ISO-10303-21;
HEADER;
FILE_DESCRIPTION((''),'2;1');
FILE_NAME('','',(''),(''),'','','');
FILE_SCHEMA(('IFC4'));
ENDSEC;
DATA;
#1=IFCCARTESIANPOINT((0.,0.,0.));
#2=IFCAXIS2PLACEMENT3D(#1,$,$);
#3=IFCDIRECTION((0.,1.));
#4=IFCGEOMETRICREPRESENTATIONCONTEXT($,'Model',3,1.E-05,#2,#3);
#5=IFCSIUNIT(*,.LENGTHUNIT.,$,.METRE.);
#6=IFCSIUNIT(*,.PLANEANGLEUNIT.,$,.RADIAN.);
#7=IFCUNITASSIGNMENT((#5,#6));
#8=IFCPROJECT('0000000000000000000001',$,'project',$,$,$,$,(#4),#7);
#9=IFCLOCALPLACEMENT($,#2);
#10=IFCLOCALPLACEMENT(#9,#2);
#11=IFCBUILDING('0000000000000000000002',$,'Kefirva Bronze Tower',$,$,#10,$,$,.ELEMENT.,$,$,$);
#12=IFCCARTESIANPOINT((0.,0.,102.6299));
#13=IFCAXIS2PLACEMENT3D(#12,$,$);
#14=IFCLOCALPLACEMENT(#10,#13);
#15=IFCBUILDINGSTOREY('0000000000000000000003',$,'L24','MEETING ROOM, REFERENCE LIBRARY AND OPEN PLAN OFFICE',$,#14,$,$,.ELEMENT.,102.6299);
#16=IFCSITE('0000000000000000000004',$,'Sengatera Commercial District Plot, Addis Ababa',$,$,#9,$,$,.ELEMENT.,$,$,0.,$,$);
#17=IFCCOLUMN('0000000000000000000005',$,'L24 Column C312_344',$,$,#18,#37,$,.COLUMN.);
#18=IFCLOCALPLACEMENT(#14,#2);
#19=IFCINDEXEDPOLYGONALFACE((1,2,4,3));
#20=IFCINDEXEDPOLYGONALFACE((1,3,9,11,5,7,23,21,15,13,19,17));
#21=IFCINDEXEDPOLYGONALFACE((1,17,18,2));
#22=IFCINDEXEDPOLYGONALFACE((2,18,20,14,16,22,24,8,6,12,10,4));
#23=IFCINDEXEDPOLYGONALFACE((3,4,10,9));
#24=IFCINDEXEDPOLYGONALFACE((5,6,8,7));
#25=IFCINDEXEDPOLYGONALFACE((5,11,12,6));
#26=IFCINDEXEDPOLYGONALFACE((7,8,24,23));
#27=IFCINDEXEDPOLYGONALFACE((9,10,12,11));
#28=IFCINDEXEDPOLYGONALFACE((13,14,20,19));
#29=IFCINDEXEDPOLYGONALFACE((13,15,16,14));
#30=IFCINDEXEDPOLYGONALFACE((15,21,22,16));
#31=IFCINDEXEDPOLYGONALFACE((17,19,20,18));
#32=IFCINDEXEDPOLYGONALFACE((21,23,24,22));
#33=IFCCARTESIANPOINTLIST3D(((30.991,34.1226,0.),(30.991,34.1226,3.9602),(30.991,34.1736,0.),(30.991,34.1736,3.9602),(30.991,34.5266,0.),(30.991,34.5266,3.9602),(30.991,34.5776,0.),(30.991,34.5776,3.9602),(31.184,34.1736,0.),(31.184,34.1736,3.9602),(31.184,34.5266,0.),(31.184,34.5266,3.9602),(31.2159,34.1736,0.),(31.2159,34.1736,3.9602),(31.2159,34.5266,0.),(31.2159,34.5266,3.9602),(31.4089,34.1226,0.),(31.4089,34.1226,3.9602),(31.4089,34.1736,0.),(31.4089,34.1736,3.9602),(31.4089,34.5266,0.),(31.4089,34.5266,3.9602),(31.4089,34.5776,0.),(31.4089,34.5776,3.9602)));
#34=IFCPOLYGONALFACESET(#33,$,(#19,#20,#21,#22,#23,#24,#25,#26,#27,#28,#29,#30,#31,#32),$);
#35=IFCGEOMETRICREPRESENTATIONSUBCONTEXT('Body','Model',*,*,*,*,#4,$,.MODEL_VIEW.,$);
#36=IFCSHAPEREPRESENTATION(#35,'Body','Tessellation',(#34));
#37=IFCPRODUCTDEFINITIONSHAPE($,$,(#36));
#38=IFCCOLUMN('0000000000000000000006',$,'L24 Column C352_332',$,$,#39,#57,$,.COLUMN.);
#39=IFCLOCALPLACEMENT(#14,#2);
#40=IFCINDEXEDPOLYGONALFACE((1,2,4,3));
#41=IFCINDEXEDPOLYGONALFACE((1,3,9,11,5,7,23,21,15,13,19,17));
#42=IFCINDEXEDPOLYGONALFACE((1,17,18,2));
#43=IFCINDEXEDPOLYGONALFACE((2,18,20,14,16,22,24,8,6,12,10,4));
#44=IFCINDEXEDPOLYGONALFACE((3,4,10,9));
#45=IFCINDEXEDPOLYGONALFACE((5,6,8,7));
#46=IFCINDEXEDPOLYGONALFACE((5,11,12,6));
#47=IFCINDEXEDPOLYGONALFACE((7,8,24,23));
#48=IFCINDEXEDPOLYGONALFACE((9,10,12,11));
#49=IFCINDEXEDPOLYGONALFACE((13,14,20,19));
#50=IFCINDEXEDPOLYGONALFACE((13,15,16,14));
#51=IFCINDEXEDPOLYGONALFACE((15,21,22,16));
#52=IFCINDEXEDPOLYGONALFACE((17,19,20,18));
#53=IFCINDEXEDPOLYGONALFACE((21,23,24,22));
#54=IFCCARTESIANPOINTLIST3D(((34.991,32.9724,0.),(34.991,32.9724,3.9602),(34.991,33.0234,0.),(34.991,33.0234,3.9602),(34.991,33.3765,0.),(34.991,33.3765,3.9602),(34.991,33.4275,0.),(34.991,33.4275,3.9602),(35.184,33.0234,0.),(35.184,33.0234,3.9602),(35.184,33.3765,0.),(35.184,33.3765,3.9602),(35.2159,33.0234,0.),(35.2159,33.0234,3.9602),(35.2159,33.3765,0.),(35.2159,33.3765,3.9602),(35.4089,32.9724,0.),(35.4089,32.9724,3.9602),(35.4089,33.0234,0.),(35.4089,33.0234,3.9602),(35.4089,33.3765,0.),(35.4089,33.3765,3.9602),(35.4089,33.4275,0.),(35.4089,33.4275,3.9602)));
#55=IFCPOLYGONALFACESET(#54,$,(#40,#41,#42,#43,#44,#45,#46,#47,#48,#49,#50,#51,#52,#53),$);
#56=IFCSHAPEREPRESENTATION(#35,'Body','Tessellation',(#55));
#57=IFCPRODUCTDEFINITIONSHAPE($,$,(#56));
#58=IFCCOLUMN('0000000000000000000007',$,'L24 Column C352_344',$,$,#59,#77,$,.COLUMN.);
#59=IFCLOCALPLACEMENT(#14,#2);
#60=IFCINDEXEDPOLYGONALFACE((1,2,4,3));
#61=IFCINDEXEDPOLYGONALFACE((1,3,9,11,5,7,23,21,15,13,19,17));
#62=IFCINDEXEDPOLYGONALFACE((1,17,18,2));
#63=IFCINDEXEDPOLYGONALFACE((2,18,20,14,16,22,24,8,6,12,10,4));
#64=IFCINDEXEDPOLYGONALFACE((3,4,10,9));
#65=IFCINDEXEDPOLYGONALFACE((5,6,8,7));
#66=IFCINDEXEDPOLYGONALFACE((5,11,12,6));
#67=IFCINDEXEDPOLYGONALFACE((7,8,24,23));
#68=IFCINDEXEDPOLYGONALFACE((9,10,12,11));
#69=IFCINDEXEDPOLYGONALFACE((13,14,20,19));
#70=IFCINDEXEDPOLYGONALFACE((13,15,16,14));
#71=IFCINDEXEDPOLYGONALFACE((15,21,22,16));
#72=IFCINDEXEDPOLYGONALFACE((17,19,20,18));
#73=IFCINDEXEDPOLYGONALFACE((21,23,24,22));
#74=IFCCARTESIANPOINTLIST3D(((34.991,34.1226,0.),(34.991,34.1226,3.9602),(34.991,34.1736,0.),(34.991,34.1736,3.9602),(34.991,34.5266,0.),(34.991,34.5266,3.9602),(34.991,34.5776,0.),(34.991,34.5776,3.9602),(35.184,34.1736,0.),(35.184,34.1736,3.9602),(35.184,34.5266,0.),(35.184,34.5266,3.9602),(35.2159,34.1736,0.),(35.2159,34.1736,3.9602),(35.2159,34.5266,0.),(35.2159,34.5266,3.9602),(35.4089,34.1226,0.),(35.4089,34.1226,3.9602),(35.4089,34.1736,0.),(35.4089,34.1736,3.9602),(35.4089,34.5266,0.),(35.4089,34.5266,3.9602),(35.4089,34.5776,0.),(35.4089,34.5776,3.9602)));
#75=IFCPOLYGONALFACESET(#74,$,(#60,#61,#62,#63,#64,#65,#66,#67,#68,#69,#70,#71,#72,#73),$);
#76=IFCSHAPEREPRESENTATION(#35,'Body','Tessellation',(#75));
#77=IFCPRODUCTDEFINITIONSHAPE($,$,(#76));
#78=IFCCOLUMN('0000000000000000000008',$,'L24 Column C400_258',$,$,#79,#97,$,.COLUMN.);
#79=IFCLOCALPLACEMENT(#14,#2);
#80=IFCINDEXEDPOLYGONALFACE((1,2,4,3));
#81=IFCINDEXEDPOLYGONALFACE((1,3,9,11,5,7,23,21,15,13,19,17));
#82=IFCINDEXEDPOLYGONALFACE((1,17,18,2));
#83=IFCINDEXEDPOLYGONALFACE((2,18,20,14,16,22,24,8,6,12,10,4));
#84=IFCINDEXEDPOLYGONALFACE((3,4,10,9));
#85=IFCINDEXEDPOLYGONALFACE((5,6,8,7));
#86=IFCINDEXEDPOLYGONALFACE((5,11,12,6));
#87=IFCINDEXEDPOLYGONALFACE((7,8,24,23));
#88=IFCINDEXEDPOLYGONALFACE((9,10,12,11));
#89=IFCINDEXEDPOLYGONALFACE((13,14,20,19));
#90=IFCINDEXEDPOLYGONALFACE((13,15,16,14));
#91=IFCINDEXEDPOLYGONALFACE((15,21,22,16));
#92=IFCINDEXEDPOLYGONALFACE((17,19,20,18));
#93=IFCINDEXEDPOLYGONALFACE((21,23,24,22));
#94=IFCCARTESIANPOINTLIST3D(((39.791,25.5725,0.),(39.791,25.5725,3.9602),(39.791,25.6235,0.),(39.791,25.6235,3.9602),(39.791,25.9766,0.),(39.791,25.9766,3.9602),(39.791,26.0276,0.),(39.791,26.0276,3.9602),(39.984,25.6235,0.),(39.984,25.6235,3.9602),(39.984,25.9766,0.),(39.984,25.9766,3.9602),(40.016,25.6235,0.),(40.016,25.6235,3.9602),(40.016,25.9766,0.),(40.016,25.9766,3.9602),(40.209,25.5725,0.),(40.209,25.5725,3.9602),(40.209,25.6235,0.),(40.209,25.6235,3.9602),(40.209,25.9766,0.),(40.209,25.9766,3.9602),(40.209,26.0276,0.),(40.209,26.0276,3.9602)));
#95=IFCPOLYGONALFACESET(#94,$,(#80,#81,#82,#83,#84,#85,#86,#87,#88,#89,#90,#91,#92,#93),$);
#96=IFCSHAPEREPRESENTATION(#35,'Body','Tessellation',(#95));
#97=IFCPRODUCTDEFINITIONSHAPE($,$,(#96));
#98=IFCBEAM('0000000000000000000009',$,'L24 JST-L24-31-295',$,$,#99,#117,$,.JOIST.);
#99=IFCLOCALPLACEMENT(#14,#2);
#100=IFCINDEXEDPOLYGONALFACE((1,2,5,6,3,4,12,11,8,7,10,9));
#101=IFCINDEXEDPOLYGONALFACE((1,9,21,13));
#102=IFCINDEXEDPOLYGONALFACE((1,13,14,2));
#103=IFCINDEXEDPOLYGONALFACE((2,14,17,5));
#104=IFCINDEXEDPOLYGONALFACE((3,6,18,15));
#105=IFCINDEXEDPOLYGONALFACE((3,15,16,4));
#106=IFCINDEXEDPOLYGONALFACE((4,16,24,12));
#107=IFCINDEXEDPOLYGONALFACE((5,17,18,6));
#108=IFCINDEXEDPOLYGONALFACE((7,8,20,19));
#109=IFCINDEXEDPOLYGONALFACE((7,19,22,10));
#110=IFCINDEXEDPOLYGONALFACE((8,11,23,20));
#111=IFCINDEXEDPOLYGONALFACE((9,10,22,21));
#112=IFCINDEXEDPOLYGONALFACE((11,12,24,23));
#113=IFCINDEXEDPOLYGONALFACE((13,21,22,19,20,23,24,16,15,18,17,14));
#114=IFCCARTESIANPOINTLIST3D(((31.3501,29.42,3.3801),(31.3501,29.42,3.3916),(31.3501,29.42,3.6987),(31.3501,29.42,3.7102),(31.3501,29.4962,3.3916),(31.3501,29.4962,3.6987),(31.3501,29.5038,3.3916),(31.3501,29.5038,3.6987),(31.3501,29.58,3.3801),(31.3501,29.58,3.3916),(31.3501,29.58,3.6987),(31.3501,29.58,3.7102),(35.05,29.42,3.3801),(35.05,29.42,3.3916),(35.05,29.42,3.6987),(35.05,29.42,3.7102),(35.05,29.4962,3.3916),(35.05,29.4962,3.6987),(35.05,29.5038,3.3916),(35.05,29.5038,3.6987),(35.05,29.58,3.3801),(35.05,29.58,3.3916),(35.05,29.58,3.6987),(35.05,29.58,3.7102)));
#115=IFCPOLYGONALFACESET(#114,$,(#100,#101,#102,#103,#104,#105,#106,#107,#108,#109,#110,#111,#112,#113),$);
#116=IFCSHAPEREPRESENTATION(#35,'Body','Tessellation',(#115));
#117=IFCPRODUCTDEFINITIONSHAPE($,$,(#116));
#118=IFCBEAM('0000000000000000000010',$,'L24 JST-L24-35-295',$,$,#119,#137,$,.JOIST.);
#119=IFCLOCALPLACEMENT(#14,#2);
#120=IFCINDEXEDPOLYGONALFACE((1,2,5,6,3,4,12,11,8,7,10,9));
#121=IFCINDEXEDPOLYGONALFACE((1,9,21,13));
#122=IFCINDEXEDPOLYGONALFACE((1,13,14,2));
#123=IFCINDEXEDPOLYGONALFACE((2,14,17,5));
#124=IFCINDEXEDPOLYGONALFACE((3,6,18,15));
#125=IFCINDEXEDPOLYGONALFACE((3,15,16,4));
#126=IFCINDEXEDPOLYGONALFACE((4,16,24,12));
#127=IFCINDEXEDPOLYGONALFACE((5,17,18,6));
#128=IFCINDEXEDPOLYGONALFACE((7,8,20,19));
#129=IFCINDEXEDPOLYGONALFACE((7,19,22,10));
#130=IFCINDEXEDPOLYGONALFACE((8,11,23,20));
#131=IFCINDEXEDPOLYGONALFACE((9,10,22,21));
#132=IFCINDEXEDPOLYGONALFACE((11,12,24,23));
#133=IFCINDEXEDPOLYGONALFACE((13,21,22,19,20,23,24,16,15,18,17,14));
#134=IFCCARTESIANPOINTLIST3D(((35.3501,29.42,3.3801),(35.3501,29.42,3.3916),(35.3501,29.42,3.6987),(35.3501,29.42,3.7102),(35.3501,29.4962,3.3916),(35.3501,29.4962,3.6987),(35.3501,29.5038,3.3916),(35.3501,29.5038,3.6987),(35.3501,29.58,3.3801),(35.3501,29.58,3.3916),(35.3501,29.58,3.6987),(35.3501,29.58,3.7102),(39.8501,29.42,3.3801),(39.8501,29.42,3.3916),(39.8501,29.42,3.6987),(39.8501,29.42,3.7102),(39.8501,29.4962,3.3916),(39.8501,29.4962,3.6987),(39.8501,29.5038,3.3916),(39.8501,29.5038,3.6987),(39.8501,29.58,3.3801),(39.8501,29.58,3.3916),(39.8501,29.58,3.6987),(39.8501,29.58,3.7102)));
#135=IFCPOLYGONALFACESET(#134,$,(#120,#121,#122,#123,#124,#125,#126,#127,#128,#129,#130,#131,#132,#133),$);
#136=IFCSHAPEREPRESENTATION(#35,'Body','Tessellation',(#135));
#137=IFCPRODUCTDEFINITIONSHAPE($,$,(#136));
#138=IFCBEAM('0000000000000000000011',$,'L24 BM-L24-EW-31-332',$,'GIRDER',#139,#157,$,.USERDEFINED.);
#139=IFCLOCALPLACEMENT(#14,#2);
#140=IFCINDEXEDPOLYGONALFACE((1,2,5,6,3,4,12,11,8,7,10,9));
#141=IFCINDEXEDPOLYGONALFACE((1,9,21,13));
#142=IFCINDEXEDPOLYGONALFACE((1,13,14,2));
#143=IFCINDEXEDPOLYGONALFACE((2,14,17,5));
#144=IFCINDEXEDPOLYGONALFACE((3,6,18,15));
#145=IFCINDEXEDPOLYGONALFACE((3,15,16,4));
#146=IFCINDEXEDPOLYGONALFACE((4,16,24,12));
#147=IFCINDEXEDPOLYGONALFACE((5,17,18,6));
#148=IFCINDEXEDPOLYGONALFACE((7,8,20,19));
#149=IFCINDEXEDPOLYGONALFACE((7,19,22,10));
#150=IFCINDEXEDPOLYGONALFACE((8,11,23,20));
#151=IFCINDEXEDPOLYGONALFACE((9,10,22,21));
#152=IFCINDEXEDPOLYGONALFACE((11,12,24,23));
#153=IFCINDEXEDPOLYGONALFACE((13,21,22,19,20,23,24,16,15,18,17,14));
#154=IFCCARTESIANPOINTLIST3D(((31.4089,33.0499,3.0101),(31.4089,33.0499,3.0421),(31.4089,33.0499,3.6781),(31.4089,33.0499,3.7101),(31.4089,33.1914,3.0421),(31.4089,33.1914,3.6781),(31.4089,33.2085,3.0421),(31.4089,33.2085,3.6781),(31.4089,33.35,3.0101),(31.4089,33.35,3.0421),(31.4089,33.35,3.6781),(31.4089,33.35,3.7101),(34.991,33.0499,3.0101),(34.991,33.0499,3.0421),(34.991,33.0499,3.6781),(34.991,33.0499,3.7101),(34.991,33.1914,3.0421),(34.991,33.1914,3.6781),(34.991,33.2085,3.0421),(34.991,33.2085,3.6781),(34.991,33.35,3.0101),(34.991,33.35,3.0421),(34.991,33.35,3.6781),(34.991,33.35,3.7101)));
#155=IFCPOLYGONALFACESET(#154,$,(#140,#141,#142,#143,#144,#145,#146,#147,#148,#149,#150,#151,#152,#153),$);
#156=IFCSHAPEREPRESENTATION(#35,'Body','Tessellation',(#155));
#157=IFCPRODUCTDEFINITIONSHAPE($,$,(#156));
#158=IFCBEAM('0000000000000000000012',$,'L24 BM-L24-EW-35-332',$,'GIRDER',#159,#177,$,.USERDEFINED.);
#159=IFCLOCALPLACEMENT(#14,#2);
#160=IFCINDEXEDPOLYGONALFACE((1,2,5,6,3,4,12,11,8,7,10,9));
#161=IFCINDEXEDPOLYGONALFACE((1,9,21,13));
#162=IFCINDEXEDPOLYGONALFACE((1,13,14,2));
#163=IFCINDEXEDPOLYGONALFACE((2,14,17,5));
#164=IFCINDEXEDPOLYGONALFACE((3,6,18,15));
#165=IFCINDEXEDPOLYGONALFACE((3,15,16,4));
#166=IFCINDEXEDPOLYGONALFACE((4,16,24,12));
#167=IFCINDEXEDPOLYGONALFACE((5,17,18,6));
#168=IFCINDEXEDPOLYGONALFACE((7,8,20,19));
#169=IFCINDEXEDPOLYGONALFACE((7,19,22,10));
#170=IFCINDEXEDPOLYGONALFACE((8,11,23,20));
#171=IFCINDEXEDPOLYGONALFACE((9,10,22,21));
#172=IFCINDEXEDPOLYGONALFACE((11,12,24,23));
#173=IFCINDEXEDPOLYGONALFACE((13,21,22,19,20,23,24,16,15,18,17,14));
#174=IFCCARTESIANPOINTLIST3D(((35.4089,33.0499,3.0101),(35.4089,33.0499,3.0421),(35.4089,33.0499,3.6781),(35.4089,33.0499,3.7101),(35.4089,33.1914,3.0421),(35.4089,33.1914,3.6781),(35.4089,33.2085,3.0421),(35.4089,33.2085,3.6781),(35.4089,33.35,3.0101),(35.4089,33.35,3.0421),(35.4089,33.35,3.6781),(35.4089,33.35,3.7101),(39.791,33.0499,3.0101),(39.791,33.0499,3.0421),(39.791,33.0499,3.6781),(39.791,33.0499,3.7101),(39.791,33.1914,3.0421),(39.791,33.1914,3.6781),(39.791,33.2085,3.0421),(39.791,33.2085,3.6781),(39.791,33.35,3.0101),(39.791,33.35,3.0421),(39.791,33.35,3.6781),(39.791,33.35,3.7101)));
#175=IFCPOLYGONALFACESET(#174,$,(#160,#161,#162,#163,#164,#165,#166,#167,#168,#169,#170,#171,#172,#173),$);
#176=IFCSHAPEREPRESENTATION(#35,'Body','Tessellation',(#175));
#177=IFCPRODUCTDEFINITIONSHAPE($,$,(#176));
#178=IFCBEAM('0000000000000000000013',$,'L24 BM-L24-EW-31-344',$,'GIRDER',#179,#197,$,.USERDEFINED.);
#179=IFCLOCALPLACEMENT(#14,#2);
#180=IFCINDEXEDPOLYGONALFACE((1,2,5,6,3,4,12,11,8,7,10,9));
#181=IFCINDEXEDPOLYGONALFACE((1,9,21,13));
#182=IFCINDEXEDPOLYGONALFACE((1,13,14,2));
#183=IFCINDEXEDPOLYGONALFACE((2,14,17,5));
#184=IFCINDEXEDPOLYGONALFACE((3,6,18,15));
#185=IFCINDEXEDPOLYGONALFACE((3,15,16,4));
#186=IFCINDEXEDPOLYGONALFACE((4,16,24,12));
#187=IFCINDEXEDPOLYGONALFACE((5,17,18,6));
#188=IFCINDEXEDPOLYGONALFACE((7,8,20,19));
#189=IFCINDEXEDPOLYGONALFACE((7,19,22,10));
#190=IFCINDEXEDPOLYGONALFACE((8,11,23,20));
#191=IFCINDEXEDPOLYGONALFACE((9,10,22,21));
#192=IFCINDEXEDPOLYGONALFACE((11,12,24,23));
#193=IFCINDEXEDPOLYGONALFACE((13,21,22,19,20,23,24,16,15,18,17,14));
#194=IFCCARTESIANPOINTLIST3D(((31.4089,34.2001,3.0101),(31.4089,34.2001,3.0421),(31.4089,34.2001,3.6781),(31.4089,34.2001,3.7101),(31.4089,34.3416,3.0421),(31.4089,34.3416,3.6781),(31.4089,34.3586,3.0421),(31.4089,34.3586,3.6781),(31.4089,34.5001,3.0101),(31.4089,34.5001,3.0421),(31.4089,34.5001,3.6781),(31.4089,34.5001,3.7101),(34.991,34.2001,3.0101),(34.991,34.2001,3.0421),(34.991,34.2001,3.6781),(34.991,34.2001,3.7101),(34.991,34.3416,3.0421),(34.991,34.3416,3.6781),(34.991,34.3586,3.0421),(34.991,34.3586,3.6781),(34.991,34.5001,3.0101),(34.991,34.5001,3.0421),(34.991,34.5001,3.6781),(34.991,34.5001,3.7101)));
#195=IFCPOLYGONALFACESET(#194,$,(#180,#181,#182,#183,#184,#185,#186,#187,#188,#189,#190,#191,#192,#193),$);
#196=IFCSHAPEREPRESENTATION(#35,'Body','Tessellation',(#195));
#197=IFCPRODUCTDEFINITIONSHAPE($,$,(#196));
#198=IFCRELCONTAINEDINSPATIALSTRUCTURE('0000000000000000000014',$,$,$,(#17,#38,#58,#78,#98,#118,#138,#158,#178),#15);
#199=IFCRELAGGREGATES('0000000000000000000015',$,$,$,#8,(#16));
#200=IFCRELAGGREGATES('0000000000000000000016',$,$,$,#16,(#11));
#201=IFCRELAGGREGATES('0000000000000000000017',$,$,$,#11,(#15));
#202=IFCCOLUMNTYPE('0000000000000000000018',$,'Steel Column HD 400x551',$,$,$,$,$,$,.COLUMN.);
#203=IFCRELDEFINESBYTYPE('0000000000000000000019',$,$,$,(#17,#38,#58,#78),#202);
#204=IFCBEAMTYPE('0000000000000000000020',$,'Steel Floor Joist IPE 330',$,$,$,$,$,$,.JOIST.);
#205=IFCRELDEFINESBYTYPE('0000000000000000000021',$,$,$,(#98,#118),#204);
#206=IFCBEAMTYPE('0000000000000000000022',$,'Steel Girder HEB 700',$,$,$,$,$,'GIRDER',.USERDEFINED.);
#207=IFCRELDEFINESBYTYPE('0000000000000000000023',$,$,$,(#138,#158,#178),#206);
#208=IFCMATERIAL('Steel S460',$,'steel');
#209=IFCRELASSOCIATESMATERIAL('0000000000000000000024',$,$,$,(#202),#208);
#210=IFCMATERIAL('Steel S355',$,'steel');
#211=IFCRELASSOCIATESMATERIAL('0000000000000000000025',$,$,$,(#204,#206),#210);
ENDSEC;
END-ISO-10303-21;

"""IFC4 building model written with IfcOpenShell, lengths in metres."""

from ifc_helpers import new_model, si_unit, direction, frame, origin, origin_2d, place, context, subcontext, project, spatial, i_section, extrude, material, material_profile, profile_set, type_object, element, save


model = new_model("IFC4")

# Units and contexts
model_context = context("Model", 3, precision=1e-05, world=origin(), true_north=direction((0.0, 1.0)))
body_context = subcontext(model_context, "Body", "Model", "MODEL_VIEW")
ifc_project = project(units=[si_unit("LENGTHUNIT", "METRE"), si_unit("PLANEANGLEUNIT", "RADIAN")], contexts=[model_context])

# Site, building, storey
site_placement = place(None, origin())
site = spatial("IfcSite", under=ifc_project, at=site_placement, Name="Sengatera Commercial District Plot, Addis Ababa", CompositionType="ELEMENT", RefElevation=0.0)
building_placement = place(site_placement, origin())
building = spatial("IfcBuilding", under=site, at=building_placement, Name="Kefirva Bronze Tower", CompositionType="ELEMENT")
storey_placement = place(building_placement, frame((0.0, 0.0, 102.6299)))
storey = spatial("IfcBuildingStorey", under=building, at=storey_placement, Name="L24", Description="MEETING ROOM, REFERENCE LIBRARY AND OPEN PLAN OFFICE", CompositionType="ELEMENT", Elevation=102.6299)

# Columns
ifc_material_1 = material(Name="Steel S460", Category="steel")
ifc_material_profile_1 = material_profile(ifc_material_1, i_section(OverallWidth=0.418, OverallDepth=0.4551, WebThickness=0.032, FlangeThickness=0.051, at=origin_2d()), Name="HD 400x551")
ifc_profile_set_1 = profile_set([ifc_material_profile_1], Name="Steel S460")
column_type = type_object("IfcColumnType", Name="Steel Column HD 400x551", PredefinedType="COLUMN", material=ifc_profile_set_1)
for number, where, z_axis, x_axis, name in (
    (1, (31.2, 34.3501, 0.0), (0.0, 0.0, 1.0), (1.0, 0.0, 0.0), "L24 Column C312_344"),
    (2, (35.2, 33.2, 0.0), (0.0, 0.0, 1.0), (1.0, 0.0, 0.0), "L24 Column C352_332"),
    (3, (35.2, 34.3501, 0.0), (0.0, 0.0, 1.0), (1.0, 0.0, 0.0), "L24 Column C352_344"),
    (4, (40.0, 25.8, 0.0), (0.0, 0.0, 1.0), (1.0, 0.0, 0.0), "L24 Column C400_258"),
):
    element("IfcColumn", number, at=place(storey_placement, frame(where, z_axis=z_axis, x_axis=x_axis)), inside=storey, type_object=column_type, Name=name, PredefinedType="COLUMN", context=body_context, shape_type="SweptSolid", body=[
        extrude(i_section(OverallWidth=0.418, OverallDepth=0.4551, WebThickness=0.032, FlangeThickness=0.051, at=origin_2d()), origin(), (0.0, 0.0, 1.0), 3.9602),
    ])

# Beams
ifc_material_2 = material(Name="Steel S355", Category="steel")
ifc_material_profile_2 = material_profile(ifc_material_2, i_section(OverallWidth=0.1599, OverallDepth=0.3301, WebThickness=0.0076, FlangeThickness=0.0115, at=origin_2d()), Name="IPE 330")
ifc_profile_set_2 = profile_set([ifc_material_profile_2], Name="Steel S355")
beam_type_1 = type_object("IfcBeamType", Name="Steel Floor Joist IPE 330", PredefinedType="JOIST", material=ifc_profile_set_2)
beam_1_placement = place(storey_placement, frame((31.3501, 29.5, 3.5452), z_axis=(1.0, 0.0, 0.0), x_axis=(0.0, 1.0, 0.0)))
element("IfcBeam", 5, at=beam_1_placement, inside=storey, type_object=beam_type_1, Name="L24 JST-L24-31-295", PredefinedType="JOIST", context=body_context, shape_type="SweptSolid", body=[
    extrude(i_section(OverallWidth=0.1599, OverallDepth=0.3301, WebThickness=0.0076, FlangeThickness=0.0115, at=origin_2d()), origin(), (0.0, 0.0, 1.0), 3.7),
])
beam_2_placement = place(storey_placement, frame((35.3501, 29.5, 3.5452), z_axis=(1.0, 0.0, 0.0), x_axis=(0.0, 1.0, 0.0)))
element("IfcBeam", 6, at=beam_2_placement, inside=storey, type_object=beam_type_1, Name="L24 JST-L24-35-295", PredefinedType="JOIST", context=body_context, shape_type="SweptSolid", body=[
    extrude(i_section(OverallWidth=0.1599, OverallDepth=0.3301, WebThickness=0.0076, FlangeThickness=0.0115, at=origin_2d()), origin(), (0.0, 0.0, 1.0), 4.5),
])
ifc_material_profile_3 = material_profile(ifc_material_2, i_section(OverallWidth=0.3, OverallDepth=0.7, WebThickness=0.0171, FlangeThickness=0.032, at=origin_2d()), Name="HEB 700")
ifc_profile_set_3 = profile_set([ifc_material_profile_3], Name="Steel S355")
beam_type_2 = type_object("IfcBeamType", Name="Steel Girder HEB 700", ElementType="GIRDER", PredefinedType="USERDEFINED", material=ifc_profile_set_3)
beam_3_placement = place(storey_placement, frame((31.4089, 33.2, 3.3601), z_axis=(1.0, 0.0, 0.0), x_axis=(0.0, 1.0, 0.0)))
element("IfcBeam", 7, at=beam_3_placement, inside=storey, type_object=beam_type_2, Name="L24 BM-L24-EW-31-332", ObjectType="GIRDER", PredefinedType="USERDEFINED", context=body_context, shape_type="SweptSolid", body=[
    extrude(i_section(OverallWidth=0.3, OverallDepth=0.7, WebThickness=0.0171, FlangeThickness=0.032, at=origin_2d()), origin(), (0.0, 0.0, 1.0), 3.582),
])
beam_4_placement = place(storey_placement, frame((35.4089, 33.2, 3.3601), z_axis=(1.0, 0.0, 0.0), x_axis=(0.0, 1.0, 0.0)))
element("IfcBeam", 8, at=beam_4_placement, inside=storey, type_object=beam_type_2, Name="L24 BM-L24-EW-35-332", ObjectType="GIRDER", PredefinedType="USERDEFINED", context=body_context, shape_type="SweptSolid", body=[
    extrude(i_section(OverallWidth=0.3, OverallDepth=0.7, WebThickness=0.0171, FlangeThickness=0.032, at=origin_2d()), origin(), (0.0, 0.0, 1.0), 4.3821),
])
beam_5_placement = place(storey_placement, frame((31.4089, 34.3501, 3.3601), z_axis=(1.0, 0.0, 0.0), x_axis=(0.0, 1.0, 0.0)))
element("IfcBeam", 9, at=beam_5_placement, inside=storey, type_object=beam_type_2, Name="L24 BM-L24-EW-31-344", ObjectType="GIRDER", PredefinedType="USERDEFINED", context=body_context, shape_type="SweptSolid", body=[
    extrude(i_section(OverallWidth=0.3, OverallDepth=0.7, WebThickness=0.0171, FlangeThickness=0.032, at=origin_2d()), origin(), (0.0, 0.0, 1.0), 3.582),
])

save(model, "model.ifc")
